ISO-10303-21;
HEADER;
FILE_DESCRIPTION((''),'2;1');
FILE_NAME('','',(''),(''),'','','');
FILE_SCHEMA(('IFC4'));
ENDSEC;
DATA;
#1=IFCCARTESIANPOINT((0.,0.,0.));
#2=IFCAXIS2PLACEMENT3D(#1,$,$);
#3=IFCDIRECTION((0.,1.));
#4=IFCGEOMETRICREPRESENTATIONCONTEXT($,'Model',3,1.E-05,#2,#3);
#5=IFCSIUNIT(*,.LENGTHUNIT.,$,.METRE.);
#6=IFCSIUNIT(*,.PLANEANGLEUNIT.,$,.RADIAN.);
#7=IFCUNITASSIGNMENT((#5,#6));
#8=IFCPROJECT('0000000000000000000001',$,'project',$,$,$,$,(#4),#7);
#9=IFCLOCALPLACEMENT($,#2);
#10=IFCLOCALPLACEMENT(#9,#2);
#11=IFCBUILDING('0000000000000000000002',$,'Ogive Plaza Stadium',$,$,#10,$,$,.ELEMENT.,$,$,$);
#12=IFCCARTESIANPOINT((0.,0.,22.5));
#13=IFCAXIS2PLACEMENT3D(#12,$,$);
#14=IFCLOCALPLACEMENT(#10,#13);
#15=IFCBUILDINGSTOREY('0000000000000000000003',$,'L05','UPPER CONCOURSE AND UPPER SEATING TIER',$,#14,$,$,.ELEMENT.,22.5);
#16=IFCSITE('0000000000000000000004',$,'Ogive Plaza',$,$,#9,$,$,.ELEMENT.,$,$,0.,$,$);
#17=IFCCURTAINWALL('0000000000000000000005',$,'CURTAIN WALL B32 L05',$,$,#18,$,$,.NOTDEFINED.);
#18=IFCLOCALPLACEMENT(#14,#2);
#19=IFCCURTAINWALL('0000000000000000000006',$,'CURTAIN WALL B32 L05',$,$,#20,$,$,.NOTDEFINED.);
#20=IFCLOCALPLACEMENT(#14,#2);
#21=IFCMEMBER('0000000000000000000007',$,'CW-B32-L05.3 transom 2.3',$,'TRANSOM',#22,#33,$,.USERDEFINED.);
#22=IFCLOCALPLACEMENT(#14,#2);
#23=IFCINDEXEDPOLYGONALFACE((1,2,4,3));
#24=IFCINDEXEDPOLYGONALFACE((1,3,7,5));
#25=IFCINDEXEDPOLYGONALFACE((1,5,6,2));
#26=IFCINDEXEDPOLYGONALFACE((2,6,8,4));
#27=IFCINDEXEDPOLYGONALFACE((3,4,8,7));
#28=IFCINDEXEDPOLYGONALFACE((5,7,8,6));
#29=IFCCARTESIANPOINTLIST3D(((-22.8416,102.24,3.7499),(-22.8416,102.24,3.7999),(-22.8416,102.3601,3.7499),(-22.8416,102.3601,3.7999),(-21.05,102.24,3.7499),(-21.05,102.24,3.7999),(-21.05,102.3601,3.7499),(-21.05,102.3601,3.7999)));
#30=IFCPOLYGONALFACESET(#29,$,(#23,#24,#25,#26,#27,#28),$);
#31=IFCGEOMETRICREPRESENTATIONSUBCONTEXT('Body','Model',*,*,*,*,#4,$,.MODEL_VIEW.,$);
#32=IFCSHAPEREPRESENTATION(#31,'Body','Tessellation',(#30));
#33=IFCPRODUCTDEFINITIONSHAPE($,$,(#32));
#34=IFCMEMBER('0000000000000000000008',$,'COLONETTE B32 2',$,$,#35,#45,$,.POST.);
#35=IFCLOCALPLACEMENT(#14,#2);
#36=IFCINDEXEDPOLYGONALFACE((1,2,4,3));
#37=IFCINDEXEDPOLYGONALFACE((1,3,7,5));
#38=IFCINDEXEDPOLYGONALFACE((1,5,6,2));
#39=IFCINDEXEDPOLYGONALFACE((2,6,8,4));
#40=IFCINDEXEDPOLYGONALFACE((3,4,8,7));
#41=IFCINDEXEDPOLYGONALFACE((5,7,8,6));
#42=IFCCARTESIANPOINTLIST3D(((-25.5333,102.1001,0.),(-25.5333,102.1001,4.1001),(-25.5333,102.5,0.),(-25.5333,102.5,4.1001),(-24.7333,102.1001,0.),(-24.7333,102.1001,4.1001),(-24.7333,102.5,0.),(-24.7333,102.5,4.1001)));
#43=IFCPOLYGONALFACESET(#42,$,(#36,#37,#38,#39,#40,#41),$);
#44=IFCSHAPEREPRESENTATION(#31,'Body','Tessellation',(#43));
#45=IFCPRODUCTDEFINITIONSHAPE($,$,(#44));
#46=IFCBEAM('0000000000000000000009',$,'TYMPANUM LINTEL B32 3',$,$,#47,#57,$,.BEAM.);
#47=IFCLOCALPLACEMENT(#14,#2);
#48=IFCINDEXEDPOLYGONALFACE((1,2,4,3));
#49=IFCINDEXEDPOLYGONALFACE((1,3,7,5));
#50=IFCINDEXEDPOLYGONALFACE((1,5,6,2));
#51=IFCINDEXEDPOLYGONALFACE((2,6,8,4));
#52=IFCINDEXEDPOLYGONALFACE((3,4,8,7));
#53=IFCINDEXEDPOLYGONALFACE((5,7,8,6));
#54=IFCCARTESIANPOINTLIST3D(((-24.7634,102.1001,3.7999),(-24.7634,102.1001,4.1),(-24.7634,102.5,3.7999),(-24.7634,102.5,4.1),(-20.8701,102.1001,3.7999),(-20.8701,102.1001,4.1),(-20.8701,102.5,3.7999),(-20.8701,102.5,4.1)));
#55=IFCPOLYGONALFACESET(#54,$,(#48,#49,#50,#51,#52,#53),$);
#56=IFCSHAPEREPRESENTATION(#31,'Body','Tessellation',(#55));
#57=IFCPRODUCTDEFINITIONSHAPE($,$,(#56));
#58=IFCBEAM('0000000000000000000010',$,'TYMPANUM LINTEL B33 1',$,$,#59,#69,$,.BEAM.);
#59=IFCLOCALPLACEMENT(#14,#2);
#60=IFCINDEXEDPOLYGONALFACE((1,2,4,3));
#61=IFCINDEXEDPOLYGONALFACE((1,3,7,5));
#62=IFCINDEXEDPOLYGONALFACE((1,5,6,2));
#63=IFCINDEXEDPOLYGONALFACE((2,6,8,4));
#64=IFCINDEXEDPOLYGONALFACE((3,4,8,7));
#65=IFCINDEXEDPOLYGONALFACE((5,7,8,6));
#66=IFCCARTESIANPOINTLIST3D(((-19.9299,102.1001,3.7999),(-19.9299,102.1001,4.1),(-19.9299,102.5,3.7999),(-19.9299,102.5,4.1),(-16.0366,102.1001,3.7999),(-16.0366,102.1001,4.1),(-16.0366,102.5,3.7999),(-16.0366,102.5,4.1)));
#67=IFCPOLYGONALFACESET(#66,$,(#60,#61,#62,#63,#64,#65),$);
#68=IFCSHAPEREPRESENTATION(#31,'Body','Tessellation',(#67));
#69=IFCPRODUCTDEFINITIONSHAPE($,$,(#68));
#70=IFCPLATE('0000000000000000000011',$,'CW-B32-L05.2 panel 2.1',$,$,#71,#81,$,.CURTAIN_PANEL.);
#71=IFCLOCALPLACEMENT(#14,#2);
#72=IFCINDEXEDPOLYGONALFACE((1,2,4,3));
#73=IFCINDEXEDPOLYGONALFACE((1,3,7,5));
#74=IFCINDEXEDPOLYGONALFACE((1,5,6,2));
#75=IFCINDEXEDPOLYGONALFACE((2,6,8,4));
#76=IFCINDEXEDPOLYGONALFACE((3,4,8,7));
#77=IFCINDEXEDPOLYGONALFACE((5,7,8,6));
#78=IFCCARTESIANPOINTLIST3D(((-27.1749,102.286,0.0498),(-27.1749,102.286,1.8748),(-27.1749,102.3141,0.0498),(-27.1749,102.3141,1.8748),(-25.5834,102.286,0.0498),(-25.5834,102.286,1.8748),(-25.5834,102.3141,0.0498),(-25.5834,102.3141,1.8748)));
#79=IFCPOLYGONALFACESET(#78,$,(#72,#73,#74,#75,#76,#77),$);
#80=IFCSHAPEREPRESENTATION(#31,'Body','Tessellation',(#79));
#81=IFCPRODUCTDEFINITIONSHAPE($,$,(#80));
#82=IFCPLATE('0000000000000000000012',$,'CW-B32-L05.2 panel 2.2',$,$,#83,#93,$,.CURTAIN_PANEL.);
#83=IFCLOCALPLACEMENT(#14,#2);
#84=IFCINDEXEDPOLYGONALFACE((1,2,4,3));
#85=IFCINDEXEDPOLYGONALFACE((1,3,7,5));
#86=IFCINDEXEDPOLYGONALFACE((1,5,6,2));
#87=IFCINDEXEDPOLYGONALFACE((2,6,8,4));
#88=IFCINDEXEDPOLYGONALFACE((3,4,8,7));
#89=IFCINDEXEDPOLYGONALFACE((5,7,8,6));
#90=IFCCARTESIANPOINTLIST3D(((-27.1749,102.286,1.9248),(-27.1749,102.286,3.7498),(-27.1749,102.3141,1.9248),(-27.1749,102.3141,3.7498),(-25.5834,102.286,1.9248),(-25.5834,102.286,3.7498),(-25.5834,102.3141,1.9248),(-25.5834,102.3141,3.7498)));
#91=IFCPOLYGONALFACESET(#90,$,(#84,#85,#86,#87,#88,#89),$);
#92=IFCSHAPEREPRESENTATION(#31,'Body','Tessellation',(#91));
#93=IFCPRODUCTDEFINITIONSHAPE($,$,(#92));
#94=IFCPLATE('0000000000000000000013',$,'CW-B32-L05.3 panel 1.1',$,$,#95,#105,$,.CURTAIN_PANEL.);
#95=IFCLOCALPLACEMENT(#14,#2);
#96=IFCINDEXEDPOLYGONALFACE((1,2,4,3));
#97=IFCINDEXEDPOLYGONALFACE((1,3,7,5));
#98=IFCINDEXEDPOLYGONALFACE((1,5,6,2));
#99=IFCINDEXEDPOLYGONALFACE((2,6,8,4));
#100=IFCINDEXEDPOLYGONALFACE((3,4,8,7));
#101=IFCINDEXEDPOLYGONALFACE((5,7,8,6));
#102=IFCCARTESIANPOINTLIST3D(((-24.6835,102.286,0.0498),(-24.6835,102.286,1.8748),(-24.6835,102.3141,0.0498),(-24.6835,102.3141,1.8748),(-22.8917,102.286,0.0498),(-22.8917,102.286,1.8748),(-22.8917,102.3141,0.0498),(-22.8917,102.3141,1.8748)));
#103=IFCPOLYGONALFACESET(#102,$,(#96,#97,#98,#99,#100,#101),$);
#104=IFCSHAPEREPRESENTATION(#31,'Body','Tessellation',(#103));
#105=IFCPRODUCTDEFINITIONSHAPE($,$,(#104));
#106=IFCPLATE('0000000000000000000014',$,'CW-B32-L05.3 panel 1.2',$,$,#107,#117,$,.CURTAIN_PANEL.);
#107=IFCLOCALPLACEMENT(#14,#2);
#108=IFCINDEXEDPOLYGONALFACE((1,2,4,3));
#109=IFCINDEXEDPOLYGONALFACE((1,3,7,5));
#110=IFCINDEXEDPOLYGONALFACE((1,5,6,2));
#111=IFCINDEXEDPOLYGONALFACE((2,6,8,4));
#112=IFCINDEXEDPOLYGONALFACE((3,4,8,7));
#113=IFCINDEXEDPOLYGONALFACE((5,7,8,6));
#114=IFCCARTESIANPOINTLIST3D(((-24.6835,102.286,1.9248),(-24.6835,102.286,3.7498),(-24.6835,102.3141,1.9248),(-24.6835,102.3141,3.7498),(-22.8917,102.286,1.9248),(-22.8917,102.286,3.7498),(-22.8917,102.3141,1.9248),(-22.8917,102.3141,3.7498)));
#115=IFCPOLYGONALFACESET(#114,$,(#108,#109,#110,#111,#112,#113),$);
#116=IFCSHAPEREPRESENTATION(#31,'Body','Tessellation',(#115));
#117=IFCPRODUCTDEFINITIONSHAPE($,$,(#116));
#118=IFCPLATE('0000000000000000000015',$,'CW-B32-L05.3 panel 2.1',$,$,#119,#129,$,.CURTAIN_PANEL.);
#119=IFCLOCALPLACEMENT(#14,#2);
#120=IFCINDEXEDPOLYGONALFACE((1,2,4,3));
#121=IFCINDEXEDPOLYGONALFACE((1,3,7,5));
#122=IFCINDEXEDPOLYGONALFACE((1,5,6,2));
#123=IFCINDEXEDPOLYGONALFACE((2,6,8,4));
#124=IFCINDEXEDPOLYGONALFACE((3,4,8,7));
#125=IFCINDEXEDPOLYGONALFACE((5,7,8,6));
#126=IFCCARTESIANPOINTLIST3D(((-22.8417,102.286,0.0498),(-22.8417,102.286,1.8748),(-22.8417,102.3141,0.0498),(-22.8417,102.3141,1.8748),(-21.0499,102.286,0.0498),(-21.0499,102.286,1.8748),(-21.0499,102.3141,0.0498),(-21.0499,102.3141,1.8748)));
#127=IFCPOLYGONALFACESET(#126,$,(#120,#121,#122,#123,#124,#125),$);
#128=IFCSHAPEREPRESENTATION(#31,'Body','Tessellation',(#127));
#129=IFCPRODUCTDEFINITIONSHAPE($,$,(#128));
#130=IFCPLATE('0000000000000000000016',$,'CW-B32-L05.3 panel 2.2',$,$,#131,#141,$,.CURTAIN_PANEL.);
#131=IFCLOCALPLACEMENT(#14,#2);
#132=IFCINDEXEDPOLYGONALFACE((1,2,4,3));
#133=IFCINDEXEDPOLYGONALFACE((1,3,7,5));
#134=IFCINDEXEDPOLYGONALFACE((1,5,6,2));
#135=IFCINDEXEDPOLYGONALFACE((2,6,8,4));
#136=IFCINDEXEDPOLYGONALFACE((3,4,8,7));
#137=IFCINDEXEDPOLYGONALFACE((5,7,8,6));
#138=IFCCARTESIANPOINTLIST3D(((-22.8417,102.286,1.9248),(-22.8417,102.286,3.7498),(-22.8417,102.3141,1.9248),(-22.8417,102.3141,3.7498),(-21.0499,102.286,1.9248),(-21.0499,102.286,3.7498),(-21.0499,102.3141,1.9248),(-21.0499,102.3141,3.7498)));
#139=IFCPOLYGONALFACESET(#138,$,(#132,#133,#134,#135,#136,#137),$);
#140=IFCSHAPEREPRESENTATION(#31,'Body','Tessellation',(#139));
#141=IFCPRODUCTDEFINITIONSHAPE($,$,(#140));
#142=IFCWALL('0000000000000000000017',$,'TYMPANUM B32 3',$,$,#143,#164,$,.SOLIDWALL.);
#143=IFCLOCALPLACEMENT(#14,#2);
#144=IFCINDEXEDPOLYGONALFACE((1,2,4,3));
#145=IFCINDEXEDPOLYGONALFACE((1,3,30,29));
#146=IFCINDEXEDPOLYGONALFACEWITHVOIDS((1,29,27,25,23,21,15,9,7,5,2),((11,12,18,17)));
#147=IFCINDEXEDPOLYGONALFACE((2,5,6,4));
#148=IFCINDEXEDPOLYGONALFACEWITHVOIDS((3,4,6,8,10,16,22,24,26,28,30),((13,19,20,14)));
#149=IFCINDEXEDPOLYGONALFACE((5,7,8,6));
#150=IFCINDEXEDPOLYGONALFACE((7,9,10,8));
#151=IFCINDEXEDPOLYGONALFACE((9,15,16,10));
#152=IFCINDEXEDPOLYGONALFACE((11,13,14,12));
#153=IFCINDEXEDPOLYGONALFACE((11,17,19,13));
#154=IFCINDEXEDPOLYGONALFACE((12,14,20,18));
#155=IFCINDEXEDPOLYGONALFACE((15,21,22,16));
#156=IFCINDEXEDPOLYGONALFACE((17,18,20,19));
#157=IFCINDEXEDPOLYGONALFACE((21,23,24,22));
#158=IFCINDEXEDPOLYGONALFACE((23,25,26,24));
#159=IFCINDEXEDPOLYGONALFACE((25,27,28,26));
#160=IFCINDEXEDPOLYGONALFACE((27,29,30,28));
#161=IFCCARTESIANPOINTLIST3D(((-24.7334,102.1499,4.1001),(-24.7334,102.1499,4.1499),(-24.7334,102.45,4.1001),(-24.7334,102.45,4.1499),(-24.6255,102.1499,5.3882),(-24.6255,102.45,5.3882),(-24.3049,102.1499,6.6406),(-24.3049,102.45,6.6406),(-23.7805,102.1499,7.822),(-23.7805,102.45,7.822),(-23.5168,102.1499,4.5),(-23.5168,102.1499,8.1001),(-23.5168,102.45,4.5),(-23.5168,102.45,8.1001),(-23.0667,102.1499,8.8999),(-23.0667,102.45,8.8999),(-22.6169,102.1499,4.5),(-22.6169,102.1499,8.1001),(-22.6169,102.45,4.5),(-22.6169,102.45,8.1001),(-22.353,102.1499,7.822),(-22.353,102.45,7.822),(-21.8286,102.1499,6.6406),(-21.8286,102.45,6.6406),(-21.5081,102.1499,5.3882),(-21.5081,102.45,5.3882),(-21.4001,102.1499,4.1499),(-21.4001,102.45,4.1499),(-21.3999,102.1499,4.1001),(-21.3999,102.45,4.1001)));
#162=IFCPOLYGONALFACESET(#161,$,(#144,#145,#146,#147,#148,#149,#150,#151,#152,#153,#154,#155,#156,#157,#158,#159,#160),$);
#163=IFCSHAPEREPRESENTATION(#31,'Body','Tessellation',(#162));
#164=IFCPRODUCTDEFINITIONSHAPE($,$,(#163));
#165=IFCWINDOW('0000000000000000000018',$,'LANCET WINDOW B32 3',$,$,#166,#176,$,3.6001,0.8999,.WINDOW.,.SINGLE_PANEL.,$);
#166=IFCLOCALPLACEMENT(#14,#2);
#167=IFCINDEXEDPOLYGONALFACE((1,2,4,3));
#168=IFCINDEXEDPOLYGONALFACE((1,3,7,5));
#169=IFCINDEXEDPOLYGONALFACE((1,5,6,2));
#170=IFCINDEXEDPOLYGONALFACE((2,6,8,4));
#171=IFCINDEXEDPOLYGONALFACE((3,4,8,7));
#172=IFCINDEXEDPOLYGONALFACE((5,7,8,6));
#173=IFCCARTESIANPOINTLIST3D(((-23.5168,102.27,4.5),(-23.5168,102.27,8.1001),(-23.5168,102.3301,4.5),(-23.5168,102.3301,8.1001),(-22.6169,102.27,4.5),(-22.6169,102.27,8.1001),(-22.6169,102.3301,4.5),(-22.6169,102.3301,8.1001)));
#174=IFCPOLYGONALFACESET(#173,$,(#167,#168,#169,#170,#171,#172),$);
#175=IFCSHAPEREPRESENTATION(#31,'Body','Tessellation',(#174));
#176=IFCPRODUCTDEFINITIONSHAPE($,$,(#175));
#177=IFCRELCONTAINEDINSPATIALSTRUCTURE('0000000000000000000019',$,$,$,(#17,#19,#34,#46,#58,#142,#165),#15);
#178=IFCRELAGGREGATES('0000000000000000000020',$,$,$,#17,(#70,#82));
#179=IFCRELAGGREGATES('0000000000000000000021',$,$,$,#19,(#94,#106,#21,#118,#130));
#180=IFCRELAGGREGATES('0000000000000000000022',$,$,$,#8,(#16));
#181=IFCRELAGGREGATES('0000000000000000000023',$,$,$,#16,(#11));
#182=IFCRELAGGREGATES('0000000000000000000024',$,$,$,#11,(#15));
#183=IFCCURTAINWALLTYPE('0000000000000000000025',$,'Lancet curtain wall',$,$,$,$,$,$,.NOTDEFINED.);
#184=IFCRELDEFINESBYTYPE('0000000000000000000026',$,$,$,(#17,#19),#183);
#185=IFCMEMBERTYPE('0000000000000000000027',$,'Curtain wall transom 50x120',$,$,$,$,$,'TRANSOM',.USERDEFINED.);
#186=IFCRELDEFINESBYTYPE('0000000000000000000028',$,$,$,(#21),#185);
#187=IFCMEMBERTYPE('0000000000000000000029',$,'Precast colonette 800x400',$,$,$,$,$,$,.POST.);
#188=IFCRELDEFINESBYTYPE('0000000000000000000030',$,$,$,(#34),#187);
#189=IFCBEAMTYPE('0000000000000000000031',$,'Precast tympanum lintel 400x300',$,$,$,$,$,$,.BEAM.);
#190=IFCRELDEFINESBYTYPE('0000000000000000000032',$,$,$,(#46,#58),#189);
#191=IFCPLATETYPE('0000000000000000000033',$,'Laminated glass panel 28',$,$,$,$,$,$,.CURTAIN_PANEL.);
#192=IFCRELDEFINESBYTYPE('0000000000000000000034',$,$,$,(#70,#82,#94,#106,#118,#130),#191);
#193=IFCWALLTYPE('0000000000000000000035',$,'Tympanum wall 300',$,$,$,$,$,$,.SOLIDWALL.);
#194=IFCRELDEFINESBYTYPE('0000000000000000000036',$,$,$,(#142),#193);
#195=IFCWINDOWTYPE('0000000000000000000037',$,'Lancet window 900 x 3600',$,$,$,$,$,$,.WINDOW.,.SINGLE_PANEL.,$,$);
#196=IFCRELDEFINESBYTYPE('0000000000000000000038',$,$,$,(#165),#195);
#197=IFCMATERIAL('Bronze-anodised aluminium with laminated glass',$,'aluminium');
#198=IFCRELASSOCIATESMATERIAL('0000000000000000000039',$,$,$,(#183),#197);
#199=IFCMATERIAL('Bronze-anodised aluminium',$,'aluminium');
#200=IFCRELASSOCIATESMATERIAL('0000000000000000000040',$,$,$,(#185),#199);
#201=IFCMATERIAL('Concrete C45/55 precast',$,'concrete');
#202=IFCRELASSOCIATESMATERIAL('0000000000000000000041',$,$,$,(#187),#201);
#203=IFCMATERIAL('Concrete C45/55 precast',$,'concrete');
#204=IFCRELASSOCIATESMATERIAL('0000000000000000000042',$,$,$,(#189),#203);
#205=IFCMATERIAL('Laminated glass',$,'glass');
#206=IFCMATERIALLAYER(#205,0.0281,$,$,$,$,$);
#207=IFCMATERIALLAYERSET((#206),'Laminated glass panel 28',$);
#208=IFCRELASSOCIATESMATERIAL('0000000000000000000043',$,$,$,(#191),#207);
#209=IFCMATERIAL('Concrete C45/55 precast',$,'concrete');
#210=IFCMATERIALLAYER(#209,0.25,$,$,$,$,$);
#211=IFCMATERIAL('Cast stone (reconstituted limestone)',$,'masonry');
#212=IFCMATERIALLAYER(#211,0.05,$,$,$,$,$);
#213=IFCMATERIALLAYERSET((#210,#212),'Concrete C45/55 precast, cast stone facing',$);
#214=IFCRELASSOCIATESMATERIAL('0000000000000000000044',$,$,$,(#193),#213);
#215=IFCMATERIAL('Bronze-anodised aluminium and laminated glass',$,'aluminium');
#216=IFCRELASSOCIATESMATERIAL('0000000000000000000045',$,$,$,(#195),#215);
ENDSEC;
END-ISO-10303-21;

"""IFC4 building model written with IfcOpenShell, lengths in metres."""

from ifc_helpers import new_model, si_unit, direction, frame, frame_2d, origin, origin_2d, place, context, subcontext, project, spatial, polyline, rectangle, outline, extrude, material, layer, layer_set, material_profile, profile_set, type_object, element, fill, aggregate, save


model = new_model("IFC4")

# Units and contexts
model_context = context("Model", 3, precision=1e-05, world=origin(), true_north=direction((0.0, 1.0)))
body_context = subcontext(model_context, "Body", "Model", "MODEL_VIEW")
ifc_project = project(units=[si_unit("LENGTHUNIT", "METRE"), si_unit("PLANEANGLEUNIT", "RADIAN")], contexts=[model_context])

# Site, building, storey
site_placement = place(None, origin())
site = spatial("IfcSite", under=ifc_project, at=site_placement, Name="Ogive Plaza", CompositionType="ELEMENT", RefElevation=0.0)
building_placement = place(site_placement, origin())
building = spatial("IfcBuilding", under=site, at=building_placement, Name="Ogive Plaza Stadium", CompositionType="ELEMENT")
storey_placement = place(building_placement, frame((0.0, 0.0, 22.5)))
storey = spatial("IfcBuildingStorey", under=building, at=storey_placement, Name="L05", Description="UPPER CONCOURSE AND UPPER SEATING TIER", CompositionType="ELEMENT", Elevation=22.5)

# Curtain walls
ifc_material_1 = material(Name="Bronze-anodised aluminium with laminated glass", Category="aluminium")
curtain_wall_type = type_object("IfcCurtainWallType", Name="Lancet curtain wall", PredefinedType="NOTDEFINED", material=ifc_material_1)
curtain_wall_1_placement = place(storey_placement, origin())
curtain_wall_1 = element("IfcCurtainWall", 1, at=curtain_wall_1_placement, inside=storey, type_object=curtain_wall_type, Name="CURTAIN WALL B32 L05", PredefinedType="NOTDEFINED")
curtain_wall_2_placement = place(storey_placement, origin())
curtain_wall_2 = element("IfcCurtainWall", 2, at=curtain_wall_2_placement, inside=storey, type_object=curtain_wall_type, Name="CURTAIN WALL B32 L05", PredefinedType="NOTDEFINED")

# Members
ifc_material_2 = material(Name="Bronze-anodised aluminium", Category="aluminium")
ifc_material_profile_1 = material_profile(ifc_material_2, rectangle(XDim=0.1201, YDim=0.05, at=origin_2d()), Name="AL 120x50")
ifc_profile_set_1 = profile_set([ifc_material_profile_1], Name="Bronze-anodised aluminium")
member_type_1 = type_object("IfcMemberType", Name="Curtain wall transom 50x120", ElementType="TRANSOM", PredefinedType="USERDEFINED", material=ifc_profile_set_1)
member_1_placement = place(storey_placement, frame((-22.8416, 102.3, 3.7749), z_axis=(1.0, 0.0, 0.0), x_axis=(0.0, 1.0, 0.0)))
member_1 = element("IfcMember", 3, at=member_1_placement, type_object=member_type_1, Name="CW-B32-L05.3 transom 2.3", ObjectType="TRANSOM", PredefinedType="USERDEFINED", context=body_context, shape_type="SweptSolid", body=[
    extrude(rectangle(XDim=0.1201, YDim=0.05, at=origin_2d()), origin(), (0.0, 0.0, 1.0), 1.7915),
])
ifc_material_3 = material(Name="Concrete C45/55 precast", Category="concrete")
ifc_material_profile_2 = material_profile(ifc_material_3, rectangle(XDim=0.3999, YDim=0.8, at=origin_2d()), Name="RC 400x800")
ifc_profile_set_2 = profile_set([ifc_material_profile_2], Name="Concrete C45/55 precast")
member_type_2 = type_object("IfcMemberType", Name="Precast colonette 800x400", PredefinedType="POST", material=ifc_profile_set_2)
member_2_placement = place(storey_placement, frame((-25.1333, 102.3, 0.0), z_axis=(0.0, 0.0, 1.0), x_axis=(0.0, 1.0, 0.0)))
element("IfcMember", 4, at=member_2_placement, inside=storey, type_object=member_type_2, Name="COLONETTE B32 2", PredefinedType="POST", context=body_context, shape_type="SweptSolid", body=[
    extrude(rectangle(XDim=0.3999, YDim=0.8, at=origin_2d()), origin(), (0.0, 0.0, 1.0), 4.1001),
])

# Beams
ifc_material_4 = material(Name="Concrete C45/55 precast", Category="concrete")
ifc_material_profile_3 = material_profile(ifc_material_4, rectangle(XDim=0.3999, YDim=0.3, at=origin_2d()), Name="RC 400x300")
ifc_profile_set_3 = profile_set([ifc_material_profile_3], Name="Concrete C45/55 precast")
beam_type = type_object("IfcBeamType", Name="Precast tympanum lintel 400x300", PredefinedType="BEAM", material=ifc_profile_set_3)
for number, where, z_axis, x_axis, name in (
    (5, (-24.7634, 102.3, 3.95), (1.0, 0.0, 0.0), (0.0, 1.0, 0.0), "TYMPANUM LINTEL B32 3"),
    (6, (-19.9299, 102.3, 3.95), (1.0, 0.0, 0.0), (0.0, 1.0, 0.0), "TYMPANUM LINTEL B33 1"),
):
    element("IfcBeam", number, at=place(storey_placement, frame(where, z_axis=z_axis, x_axis=x_axis)), inside=storey, type_object=beam_type, Name=name, PredefinedType="BEAM", context=body_context, shape_type="SweptSolid", body=[
        extrude(rectangle(XDim=0.3999, YDim=0.3, at=origin_2d()), origin(), (0.0, 0.0, 1.0), 3.8933),
    ])

# Plates
ifc_material_5 = material(Name="Laminated glass", Category="glass")
ifc_layer_1 = layer(ifc_material_5, 0.0281)
ifc_layer_set_1 = layer_set([ifc_layer_1], Name="Laminated glass panel 28")
plate_type = type_object("IfcPlateType", Name="Laminated glass panel 28", PredefinedType="CURTAIN_PANEL", material=ifc_layer_set_1)
plate_1_placement = place(storey_placement, frame((-26.3792, 102.3, 0.0498), z_axis=(0.0, 0.0, 1.0), x_axis=(1.0, 0.0, 0.0)))
plate_1 = element("IfcPlate", 7, at=plate_1_placement, type_object=plate_type, Name="CW-B32-L05.2 panel 2.1", PredefinedType="CURTAIN_PANEL", context=body_context, shape_type="SweptSolid", body=[
    extrude(rectangle(XDim=1.5916, YDim=0.0281, at=origin_2d()), origin(), (0.0, 0.0, 1.0), 1.825),
])
plate_2_placement = place(storey_placement, frame((-26.3792, 102.3, 1.9248), z_axis=(0.0, 0.0, 1.0), x_axis=(1.0, 0.0, 0.0)))
plate_2 = element("IfcPlate", 8, at=plate_2_placement, type_object=plate_type, Name="CW-B32-L05.2 panel 2.2", PredefinedType="CURTAIN_PANEL", context=body_context, shape_type="SweptSolid", body=[
    extrude(rectangle(XDim=1.5916, YDim=0.0281, at=origin_2d()), origin(), (0.0, 0.0, 1.0), 1.825),
])
aggregate(curtain_wall_1, [plate_1, plate_2])
plate_3_placement = place(storey_placement, frame((-23.7876, 102.3, 0.0498), z_axis=(0.0, 0.0, 1.0), x_axis=(1.0, 0.0, 0.0)))
plate_3 = element("IfcPlate", 9, at=plate_3_placement, type_object=plate_type, Name="CW-B32-L05.3 panel 1.1", PredefinedType="CURTAIN_PANEL", context=body_context, shape_type="SweptSolid", body=[
    extrude(rectangle(XDim=1.7917, YDim=0.0281, at=origin_2d()), origin(), (0.0, 0.0, 1.0), 1.825),
])
plate_4_placement = place(storey_placement, frame((-23.7876, 102.3, 1.9248), z_axis=(0.0, 0.0, 1.0), x_axis=(1.0, 0.0, 0.0)))
plate_4 = element("IfcPlate", 10, at=plate_4_placement, type_object=plate_type, Name="CW-B32-L05.3 panel 1.2", PredefinedType="CURTAIN_PANEL", context=body_context, shape_type="SweptSolid", body=[
    extrude(rectangle(XDim=1.7917, YDim=0.0281, at=origin_2d()), origin(), (0.0, 0.0, 1.0), 1.825),
])
plate_5_placement = place(storey_placement, frame((-21.9458, 102.3, 0.0498), z_axis=(0.0, 0.0, 1.0), x_axis=(1.0, 0.0, 0.0)))
plate_5 = element("IfcPlate", 11, at=plate_5_placement, type_object=plate_type, Name="CW-B32-L05.3 panel 2.1", PredefinedType="CURTAIN_PANEL", context=body_context, shape_type="SweptSolid", body=[
    extrude(rectangle(XDim=1.7917, YDim=0.0281, at=origin_2d()), origin(), (0.0, 0.0, 1.0), 1.825),
])
plate_6_placement = place(storey_placement, frame((-21.9458, 102.3, 1.9248), z_axis=(0.0, 0.0, 1.0), x_axis=(1.0, 0.0, 0.0)))
plate_6 = element("IfcPlate", 12, at=plate_6_placement, type_object=plate_type, Name="CW-B32-L05.3 panel 2.2", PredefinedType="CURTAIN_PANEL", context=body_context, shape_type="SweptSolid", body=[
    extrude(rectangle(XDim=1.7917, YDim=0.0281, at=origin_2d()), origin(), (0.0, 0.0, 1.0), 1.825),
])
aggregate(curtain_wall_2, [plate_3, plate_4, member_1, plate_5, plate_6])

# Wall, opening, window
ifc_material_6 = material(Name="Concrete C45/55 precast", Category="concrete")
ifc_layer_2 = layer(ifc_material_6, 0.25)
ifc_material_7 = material(Name="Cast stone (reconstituted limestone)", Category="masonry")
ifc_layer_3 = layer(ifc_material_7, 0.05)
ifc_layer_set_2 = layer_set([ifc_layer_2, ifc_layer_3], Name="Concrete C45/55 precast, cast stone facing")
wall_type = type_object("IfcWallType", Name="Tympanum wall 300", PredefinedType="SOLIDWALL", material=ifc_layer_set_2)
wall_placement = place(storey_placement, frame((-24.7334, 102.3, 4.1001), z_axis=(0.0, 0.0, 1.0), x_axis=(1.0, 0.0, 0.0)))
wall = element("IfcWall", 13, at=wall_placement, inside=storey, type_object=wall_type, Name="TYMPANUM B32 3", PredefinedType="SOLIDWALL", context=body_context, shape_type="SweptSolid", body=[
    extrude(outline(polyline([(0.0, 0.0), (3.3335, 0.0), (3.3333, 0.0498), (3.2253, 1.2881), (2.9048, 2.5405), (2.3804, 3.7219), (1.6667, 4.7998), (0.9529, 3.7219), (0.4285, 2.5405), (0.1079, 1.2881), (0.0, 0.0498), (0.0, 0.0)])), frame((0.0, 0.1499, 0.0), z_axis=(0.0, -1.0, 0.0), x_axis=(1.0, 0.0, 0.0)), (0.0, 0.0, 1.0), 0.3),
])
opening_placement = place(wall_placement, frame((1.2166, 0.0, 0.3999)))
opening = element("IfcOpeningElement", 14, at=opening_placement, cuts=wall, PredefinedType="OPENING", context=body_context, shape_type="SweptSolid", body=[
    extrude(rectangle(XDim=0.8999, YDim=3.6001, at=frame_2d((0.45, 1.8))), frame((0.0, 0.1602, 0.0), z_axis=(0.0, -1.0, 0.0), x_axis=(1.0, 0.0, 0.0)), (0.0, 0.0, 1.0), 0.3201),
])
ifc_material_8 = material(Name="Bronze-anodised aluminium and laminated glass", Category="aluminium")
window_type = type_object("IfcWindowType", Name="Lancet window 900 x 3600", PartitioningType="SINGLE_PANEL", PredefinedType="WINDOW", material=ifc_material_8)
window_placement = place(opening_placement, origin())
window = element("IfcWindow", 15, at=window_placement, inside=storey, type_object=window_type, Name="LANCET WINDOW B32 3", OverallHeight=3.6001, OverallWidth=0.8999, PartitioningType="SINGLE_PANEL", PredefinedType="WINDOW", context=body_context, shape_type="SweptSolid", body=[
    extrude(rectangle(XDim=0.8999, YDim=3.6001, at=frame_2d((0.45, 1.8))), frame((0.0, 0.03, 0.0), z_axis=(0.0, -1.0, 0.0), x_axis=(1.0, 0.0, 0.0)), (0.0, 0.0, 1.0), 0.0601),
])
fill(opening, window)

save(model, "model.ifc")
